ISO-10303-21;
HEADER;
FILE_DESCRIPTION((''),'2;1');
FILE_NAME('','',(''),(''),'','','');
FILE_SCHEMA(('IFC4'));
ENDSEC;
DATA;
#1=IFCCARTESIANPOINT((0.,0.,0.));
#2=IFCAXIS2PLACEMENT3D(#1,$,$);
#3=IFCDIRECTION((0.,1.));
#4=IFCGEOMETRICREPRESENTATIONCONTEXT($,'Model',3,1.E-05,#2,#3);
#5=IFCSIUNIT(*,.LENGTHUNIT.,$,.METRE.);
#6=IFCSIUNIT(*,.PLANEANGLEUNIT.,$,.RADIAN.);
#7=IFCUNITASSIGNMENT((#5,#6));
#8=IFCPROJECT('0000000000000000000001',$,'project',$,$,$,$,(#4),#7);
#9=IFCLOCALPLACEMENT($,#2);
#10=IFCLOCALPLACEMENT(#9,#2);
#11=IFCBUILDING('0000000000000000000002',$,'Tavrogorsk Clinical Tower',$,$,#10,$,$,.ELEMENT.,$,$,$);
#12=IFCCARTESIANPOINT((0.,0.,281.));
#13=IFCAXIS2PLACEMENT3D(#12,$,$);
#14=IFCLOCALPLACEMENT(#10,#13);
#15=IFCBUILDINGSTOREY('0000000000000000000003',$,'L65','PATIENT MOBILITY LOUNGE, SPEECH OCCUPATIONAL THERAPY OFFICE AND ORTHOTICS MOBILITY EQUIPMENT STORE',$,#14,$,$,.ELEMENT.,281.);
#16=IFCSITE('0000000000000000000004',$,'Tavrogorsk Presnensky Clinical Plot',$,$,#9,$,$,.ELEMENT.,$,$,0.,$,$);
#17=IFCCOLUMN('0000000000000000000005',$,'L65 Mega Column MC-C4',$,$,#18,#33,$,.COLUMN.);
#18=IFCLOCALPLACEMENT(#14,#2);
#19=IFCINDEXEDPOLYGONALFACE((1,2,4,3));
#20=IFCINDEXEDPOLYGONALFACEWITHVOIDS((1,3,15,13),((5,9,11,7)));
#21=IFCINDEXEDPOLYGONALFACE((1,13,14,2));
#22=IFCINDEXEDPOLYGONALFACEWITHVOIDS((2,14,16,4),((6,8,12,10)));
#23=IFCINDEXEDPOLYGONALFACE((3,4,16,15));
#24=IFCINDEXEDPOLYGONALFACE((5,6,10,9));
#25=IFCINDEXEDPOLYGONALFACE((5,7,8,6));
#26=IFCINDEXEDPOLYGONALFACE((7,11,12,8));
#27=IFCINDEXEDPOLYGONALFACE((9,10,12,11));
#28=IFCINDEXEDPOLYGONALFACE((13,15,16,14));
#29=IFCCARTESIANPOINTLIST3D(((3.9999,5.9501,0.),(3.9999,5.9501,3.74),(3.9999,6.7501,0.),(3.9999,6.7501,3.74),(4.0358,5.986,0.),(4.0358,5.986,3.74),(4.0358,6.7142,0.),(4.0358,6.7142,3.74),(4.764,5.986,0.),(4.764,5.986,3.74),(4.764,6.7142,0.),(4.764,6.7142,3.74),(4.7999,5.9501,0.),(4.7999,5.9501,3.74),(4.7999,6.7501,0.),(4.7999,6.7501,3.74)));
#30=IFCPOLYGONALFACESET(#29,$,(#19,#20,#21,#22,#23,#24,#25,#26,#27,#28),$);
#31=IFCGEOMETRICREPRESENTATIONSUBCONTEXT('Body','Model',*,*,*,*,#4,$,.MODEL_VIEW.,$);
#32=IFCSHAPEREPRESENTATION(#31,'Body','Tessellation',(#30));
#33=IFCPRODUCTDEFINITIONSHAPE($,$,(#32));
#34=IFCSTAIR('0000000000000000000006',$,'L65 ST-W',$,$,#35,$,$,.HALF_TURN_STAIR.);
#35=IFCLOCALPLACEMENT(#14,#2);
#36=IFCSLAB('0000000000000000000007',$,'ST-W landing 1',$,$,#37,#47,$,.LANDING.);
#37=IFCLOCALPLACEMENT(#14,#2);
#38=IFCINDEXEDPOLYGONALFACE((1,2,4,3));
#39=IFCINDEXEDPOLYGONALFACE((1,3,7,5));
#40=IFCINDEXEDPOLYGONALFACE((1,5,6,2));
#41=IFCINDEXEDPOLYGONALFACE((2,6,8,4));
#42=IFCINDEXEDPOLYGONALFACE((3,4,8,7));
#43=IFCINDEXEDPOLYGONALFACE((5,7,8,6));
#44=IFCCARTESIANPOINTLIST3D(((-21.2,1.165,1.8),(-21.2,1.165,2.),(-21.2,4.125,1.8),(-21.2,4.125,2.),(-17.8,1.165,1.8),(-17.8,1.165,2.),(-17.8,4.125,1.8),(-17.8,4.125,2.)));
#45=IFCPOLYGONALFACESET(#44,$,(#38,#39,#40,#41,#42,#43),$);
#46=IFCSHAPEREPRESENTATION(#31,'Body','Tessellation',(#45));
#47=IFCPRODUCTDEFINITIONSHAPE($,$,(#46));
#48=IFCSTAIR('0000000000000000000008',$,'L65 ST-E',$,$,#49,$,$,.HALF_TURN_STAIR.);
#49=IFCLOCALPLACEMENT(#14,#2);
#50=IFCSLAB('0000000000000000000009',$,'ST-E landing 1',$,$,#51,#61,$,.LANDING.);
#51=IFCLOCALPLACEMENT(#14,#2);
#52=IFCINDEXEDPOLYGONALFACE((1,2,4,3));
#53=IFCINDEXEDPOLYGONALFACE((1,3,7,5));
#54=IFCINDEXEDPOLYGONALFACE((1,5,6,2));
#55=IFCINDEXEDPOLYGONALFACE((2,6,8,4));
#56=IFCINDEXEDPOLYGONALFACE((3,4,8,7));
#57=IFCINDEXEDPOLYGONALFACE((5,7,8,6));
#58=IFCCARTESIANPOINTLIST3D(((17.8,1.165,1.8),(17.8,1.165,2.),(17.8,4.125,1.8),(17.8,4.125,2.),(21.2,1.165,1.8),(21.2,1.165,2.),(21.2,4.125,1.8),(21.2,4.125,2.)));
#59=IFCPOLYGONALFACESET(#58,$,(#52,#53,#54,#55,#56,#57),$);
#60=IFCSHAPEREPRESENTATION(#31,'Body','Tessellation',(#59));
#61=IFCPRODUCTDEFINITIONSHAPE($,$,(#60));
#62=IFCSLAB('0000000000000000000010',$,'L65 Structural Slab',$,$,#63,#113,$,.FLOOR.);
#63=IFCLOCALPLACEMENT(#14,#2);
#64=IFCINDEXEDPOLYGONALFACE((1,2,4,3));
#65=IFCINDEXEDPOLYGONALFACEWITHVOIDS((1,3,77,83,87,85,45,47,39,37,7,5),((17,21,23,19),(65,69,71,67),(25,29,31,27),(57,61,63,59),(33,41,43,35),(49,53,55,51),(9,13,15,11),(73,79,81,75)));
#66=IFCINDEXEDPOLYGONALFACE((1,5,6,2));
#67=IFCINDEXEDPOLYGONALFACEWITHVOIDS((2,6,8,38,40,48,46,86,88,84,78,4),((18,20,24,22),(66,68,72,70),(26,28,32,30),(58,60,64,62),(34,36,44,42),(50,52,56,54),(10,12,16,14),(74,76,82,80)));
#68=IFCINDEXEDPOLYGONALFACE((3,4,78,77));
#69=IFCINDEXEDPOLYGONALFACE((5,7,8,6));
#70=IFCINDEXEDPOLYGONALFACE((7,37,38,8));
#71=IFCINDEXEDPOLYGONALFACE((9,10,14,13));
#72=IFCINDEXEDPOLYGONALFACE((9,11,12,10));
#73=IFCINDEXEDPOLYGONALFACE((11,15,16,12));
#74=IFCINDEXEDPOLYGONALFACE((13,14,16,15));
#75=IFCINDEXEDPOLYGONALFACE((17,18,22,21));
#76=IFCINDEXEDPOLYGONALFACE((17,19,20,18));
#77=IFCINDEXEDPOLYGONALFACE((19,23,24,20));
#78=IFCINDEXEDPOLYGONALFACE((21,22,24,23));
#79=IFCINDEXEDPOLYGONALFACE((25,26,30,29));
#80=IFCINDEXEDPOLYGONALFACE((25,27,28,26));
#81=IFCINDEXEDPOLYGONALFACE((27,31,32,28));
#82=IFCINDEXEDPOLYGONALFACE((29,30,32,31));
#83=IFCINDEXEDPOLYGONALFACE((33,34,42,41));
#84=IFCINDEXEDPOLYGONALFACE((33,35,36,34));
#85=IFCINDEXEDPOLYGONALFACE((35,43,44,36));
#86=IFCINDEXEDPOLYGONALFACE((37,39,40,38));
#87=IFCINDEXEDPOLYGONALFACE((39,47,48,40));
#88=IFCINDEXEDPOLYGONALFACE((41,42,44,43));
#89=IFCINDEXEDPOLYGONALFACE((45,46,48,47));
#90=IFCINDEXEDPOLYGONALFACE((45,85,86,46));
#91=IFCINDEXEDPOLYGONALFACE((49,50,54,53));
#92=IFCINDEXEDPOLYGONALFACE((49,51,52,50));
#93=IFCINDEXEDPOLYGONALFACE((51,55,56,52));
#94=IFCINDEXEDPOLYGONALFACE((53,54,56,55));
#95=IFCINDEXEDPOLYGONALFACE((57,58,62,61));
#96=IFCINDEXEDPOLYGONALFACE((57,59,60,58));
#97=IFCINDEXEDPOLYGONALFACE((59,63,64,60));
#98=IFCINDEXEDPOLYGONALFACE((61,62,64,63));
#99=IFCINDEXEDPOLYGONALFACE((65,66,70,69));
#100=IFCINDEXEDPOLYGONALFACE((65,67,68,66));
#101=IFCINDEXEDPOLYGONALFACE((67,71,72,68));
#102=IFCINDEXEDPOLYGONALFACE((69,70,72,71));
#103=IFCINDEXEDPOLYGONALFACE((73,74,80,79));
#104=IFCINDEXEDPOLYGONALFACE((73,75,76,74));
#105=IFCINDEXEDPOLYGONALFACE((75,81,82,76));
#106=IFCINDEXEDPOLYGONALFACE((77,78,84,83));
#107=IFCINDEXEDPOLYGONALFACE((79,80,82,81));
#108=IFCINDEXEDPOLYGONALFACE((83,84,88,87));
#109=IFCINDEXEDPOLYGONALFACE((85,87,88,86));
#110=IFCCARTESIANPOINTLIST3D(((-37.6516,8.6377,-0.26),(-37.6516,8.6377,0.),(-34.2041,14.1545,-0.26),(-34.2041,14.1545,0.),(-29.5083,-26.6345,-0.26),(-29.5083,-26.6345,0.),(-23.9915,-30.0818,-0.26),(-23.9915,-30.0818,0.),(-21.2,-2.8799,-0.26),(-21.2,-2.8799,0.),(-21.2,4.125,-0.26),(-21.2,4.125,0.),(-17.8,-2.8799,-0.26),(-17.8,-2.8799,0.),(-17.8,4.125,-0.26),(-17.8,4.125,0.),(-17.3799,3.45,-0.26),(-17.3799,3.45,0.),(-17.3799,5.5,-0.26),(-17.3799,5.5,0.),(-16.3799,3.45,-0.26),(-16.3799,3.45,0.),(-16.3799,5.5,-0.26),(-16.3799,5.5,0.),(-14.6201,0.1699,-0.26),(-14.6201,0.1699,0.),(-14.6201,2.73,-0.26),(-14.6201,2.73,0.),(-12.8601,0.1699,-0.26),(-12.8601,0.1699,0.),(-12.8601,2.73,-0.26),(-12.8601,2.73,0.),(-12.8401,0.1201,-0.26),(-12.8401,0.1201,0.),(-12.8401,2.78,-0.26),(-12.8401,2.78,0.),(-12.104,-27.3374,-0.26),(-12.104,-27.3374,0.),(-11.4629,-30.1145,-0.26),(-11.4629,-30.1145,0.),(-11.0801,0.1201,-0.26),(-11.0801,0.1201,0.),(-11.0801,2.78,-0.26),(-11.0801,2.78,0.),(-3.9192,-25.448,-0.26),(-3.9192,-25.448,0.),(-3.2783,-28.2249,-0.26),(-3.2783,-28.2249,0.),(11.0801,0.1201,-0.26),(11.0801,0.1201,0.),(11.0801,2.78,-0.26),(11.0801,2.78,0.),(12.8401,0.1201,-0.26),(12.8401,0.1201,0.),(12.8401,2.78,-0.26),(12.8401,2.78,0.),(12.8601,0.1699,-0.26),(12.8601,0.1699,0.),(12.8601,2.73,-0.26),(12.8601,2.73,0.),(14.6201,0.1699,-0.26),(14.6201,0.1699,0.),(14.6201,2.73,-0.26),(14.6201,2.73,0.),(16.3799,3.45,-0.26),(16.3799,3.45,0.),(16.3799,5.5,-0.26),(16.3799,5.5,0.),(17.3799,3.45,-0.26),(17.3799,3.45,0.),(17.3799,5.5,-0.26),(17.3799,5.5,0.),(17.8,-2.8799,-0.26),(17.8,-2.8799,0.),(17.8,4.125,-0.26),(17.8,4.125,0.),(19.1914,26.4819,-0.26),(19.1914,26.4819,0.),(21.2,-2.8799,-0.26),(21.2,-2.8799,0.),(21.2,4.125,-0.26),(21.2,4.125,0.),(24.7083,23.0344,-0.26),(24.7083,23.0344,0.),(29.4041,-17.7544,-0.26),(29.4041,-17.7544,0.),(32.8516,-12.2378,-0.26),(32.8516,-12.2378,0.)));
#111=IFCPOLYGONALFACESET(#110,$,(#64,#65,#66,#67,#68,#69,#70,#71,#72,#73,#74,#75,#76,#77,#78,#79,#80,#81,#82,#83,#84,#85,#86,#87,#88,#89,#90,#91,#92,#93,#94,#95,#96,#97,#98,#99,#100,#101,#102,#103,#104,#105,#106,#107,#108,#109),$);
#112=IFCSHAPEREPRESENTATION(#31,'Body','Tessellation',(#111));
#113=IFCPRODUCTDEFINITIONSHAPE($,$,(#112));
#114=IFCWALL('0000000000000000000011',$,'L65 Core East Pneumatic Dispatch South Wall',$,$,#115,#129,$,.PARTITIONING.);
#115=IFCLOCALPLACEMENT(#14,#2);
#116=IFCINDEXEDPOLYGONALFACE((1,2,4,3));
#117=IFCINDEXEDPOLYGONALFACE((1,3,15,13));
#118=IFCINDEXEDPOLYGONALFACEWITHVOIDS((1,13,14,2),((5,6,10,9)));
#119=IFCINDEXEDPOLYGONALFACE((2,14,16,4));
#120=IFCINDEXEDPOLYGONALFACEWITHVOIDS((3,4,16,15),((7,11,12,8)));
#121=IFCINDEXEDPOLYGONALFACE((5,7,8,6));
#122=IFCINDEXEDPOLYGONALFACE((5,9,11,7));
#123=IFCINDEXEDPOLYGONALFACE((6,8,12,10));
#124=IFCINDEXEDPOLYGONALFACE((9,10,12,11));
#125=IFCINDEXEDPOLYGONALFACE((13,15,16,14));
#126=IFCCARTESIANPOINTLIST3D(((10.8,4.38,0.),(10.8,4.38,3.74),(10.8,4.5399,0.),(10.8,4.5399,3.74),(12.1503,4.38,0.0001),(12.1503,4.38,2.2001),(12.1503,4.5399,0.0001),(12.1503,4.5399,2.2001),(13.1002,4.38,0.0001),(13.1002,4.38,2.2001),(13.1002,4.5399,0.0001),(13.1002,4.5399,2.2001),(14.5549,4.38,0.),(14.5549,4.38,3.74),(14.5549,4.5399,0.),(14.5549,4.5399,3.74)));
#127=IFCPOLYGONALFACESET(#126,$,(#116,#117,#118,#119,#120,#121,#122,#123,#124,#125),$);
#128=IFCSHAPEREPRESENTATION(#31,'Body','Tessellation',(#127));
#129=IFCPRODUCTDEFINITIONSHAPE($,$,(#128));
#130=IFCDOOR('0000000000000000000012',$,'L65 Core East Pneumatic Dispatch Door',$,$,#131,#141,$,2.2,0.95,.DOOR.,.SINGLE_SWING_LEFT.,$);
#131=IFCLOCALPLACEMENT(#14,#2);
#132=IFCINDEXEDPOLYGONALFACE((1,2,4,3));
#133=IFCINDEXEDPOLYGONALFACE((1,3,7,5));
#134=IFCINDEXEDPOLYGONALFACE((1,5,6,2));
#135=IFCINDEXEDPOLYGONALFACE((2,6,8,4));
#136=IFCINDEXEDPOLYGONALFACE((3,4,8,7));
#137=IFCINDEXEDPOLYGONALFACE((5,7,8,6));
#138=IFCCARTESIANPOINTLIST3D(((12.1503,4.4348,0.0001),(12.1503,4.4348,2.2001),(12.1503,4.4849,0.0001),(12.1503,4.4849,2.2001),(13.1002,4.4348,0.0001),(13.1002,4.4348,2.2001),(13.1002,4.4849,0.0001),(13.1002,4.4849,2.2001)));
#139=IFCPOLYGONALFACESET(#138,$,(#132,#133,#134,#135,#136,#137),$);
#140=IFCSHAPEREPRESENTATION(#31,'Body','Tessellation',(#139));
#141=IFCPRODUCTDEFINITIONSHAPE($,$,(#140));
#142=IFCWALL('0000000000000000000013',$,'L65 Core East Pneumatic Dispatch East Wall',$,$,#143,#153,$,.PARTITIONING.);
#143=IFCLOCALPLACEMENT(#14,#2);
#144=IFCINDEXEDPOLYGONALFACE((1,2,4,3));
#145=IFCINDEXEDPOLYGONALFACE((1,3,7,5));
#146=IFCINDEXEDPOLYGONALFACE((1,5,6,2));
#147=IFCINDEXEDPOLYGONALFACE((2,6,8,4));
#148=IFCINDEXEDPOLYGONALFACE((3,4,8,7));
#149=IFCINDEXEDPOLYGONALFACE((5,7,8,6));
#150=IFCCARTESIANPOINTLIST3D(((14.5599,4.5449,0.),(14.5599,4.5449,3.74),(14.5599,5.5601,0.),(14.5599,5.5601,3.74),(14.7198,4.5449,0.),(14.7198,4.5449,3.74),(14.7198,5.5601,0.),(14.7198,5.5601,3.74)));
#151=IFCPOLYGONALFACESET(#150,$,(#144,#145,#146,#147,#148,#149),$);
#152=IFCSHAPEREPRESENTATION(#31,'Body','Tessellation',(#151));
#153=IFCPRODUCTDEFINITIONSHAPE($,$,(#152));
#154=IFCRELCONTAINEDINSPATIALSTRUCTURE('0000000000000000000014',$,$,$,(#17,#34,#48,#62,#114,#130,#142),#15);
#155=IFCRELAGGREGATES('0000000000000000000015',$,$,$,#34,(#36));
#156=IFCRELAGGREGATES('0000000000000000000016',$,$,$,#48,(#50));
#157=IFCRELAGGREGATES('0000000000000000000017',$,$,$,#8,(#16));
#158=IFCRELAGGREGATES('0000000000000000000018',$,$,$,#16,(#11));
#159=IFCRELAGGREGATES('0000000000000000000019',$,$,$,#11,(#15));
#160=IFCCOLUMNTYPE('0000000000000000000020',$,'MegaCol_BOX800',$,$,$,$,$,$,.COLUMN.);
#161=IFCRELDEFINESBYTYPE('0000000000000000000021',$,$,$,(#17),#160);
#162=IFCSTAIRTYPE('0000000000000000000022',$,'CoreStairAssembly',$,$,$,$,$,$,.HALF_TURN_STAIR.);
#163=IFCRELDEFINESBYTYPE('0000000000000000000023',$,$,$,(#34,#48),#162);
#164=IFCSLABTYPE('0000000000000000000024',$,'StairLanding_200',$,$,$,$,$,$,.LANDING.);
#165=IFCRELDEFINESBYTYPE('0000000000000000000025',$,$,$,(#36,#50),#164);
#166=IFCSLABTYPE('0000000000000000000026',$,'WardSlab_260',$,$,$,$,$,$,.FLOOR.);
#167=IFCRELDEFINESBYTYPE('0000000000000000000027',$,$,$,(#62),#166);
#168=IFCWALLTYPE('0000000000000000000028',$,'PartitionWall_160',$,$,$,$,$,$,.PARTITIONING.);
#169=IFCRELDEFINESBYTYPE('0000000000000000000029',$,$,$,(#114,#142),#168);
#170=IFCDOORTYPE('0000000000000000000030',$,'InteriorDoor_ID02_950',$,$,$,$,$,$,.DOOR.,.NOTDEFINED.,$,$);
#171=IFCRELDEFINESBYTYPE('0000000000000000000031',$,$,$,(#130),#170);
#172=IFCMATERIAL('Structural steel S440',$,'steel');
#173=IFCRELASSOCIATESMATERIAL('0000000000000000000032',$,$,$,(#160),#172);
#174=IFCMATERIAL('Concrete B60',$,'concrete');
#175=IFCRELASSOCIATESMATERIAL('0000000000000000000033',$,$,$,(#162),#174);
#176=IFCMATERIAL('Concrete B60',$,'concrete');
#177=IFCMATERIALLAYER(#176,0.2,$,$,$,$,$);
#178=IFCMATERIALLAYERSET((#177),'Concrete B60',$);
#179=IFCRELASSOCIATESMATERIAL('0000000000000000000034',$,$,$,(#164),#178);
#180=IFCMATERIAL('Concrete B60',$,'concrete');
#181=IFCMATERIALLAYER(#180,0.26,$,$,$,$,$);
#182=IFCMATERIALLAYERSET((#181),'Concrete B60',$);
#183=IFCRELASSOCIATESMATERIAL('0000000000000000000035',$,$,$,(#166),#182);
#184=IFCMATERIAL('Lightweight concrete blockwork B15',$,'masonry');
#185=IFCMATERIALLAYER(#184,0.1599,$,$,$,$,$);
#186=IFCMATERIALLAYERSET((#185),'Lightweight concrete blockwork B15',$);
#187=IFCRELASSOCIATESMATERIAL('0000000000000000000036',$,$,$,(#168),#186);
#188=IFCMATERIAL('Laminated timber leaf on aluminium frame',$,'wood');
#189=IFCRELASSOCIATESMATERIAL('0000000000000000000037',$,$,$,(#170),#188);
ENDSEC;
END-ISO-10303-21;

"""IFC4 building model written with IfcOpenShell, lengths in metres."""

from ifc_helpers import new_model, si_unit, direction, frame, frame_2d, origin, origin_2d, place, context, subcontext, project, spatial, polyline, rectangle, hollow_rectangle, outline, extrude, material, layer, layer_set, material_profile, profile_set, type_object, element, fill, aggregate, save


model = new_model("IFC4")

# Units and contexts
model_context = context("Model", 3, precision=1e-05, world=origin(), true_north=direction((0.0, 1.0)))
body_context = subcontext(model_context, "Body", "Model", "MODEL_VIEW")
ifc_project = project(units=[si_unit("LENGTHUNIT", "METRE"), si_unit("PLANEANGLEUNIT", "RADIAN")], contexts=[model_context])

# Site, building, storey
site_placement = place(None, origin())
site = spatial("IfcSite", under=ifc_project, at=site_placement, Name="Tavrogorsk Presnensky Clinical Plot", CompositionType="ELEMENT", RefElevation=0.0)
building_placement = place(site_placement, origin())
building = spatial("IfcBuilding", under=site, at=building_placement, Name="Tavrogorsk Clinical Tower", CompositionType="ELEMENT")
storey_placement = place(building_placement, frame((0.0, 0.0, 281.0)))
storey = spatial("IfcBuildingStorey", under=building, at=storey_placement, Name="L65", Description="PATIENT MOBILITY LOUNGE, SPEECH OCCUPATIONAL THERAPY OFFICE AND ORTHOTICS MOBILITY EQUIPMENT STORE", CompositionType="ELEMENT", Elevation=281.0)

# Column
ifc_material_1 = material(Name="Structural steel S440", Category="steel")
ifc_material_profile = material_profile(ifc_material_1, hollow_rectangle(XDim=0.8, YDim=0.8, WallThickness=0.0359, at=origin_2d()), Name="BOX-800x800x36")
ifc_profile_set = profile_set([ifc_material_profile], Name="Structural steel S440")
column_type = type_object("IfcColumnType", Name="MegaCol_BOX800", PredefinedType="COLUMN", material=ifc_profile_set)
column_placement = place(storey_placement, frame((4.3999, 6.3501, 0.0), z_axis=(0.0, 0.0, 1.0), x_axis=(1.0, 0.0, 0.0)))
element("IfcColumn", 1, at=column_placement, inside=storey, type_object=column_type, Name="L65 Mega Column MC-C4", PredefinedType="COLUMN", context=body_context, shape_type="SweptSolid", body=[
    extrude(hollow_rectangle(XDim=0.8, YDim=0.8, WallThickness=0.0359, at=origin_2d()), origin(), (0.0, 0.0, 1.0), 3.74),
])

# Stairs, slabs
ifc_material_2 = material(Name="Concrete B60", Category="concrete")
stair_type = type_object("IfcStairType", Name="CoreStairAssembly", PredefinedType="HALF_TURN_STAIR", material=ifc_material_2)
stair_1_placement = place(storey_placement, origin())
stair_1 = element("IfcStair", 2, at=stair_1_placement, inside=storey, type_object=stair_type, Name="L65 ST-W", PredefinedType="HALF_TURN_STAIR")
ifc_material_3 = material(Name="Concrete B60", Category="concrete")
ifc_layer_1 = layer(ifc_material_3, 0.2)
ifc_layer_set_1 = layer_set([ifc_layer_1], Name="Concrete B60")
slab_type_1 = type_object("IfcSlabType", Name="StairLanding_200", PredefinedType="LANDING", material=ifc_layer_set_1)
slab_1_placement = place(storey_placement, frame((0.0, 0.0, 1.8)))
slab_1 = element("IfcSlab", 3, at=slab_1_placement, type_object=slab_type_1, Name="ST-W landing 1", PredefinedType="LANDING", context=body_context, shape_type="SweptSolid", body=[
    extrude(outline(polyline([(-17.8, 1.165), (-17.8, 4.125), (-21.2, 4.125), (-21.2, 1.165), (-17.8, 1.165)])), origin(), (0.0, 0.0, 1.0), 0.2),
])
aggregate(stair_1, [slab_1])
stair_2_placement = place(storey_placement, origin())
stair_2 = element("IfcStair", 4, at=stair_2_placement, inside=storey, type_object=stair_type, Name="L65 ST-E", PredefinedType="HALF_TURN_STAIR")
slab_2_placement = place(storey_placement, frame((0.0, 0.0, 1.8)))
slab_2 = element("IfcSlab", 5, at=slab_2_placement, type_object=slab_type_1, Name="ST-E landing 1", PredefinedType="LANDING", context=body_context, shape_type="SweptSolid", body=[
    extrude(outline(polyline([(21.2, 1.165), (21.2, 4.125), (17.8, 4.125), (17.8, 1.165), (21.2, 1.165)])), origin(), (0.0, 0.0, 1.0), 0.2),
])
aggregate(stair_2, [slab_2])

# Slab
ifc_material_4 = material(Name="Concrete B60", Category="concrete")
ifc_layer_2 = layer(ifc_material_4, 0.26)
ifc_layer_set_2 = layer_set([ifc_layer_2], Name="Concrete B60")
slab_type_2 = type_object("IfcSlabType", Name="WardSlab_260", PredefinedType="FLOOR", material=ifc_layer_set_2)
slab_3_placement = place(storey_placement, frame((0.0, 0.0, -0.26)))
element("IfcSlab", 6, at=slab_3_placement, inside=storey, type_object=slab_type_2, Name="L65 Structural Slab", PredefinedType="FLOOR", context=body_context, shape_type="SweptSolid", body=[
    extrude(outline(polyline([(-23.9915, -30.0818), (-29.5083, -26.6345), (-37.6516, 8.6377), (-34.2041, 14.1545), (19.1914, 26.4819), (24.7083, 23.0344), (32.8516, -12.2378), (29.4041, -17.7544), (-3.9192, -25.448), (-3.2783, -28.2249), (-11.4629, -30.1145), (-12.104, -27.3374), (-23.9915, -30.0818)]), holes=[polyline([(-17.8, -2.8799), (-17.8, 4.125), (-21.2, 4.125), (-21.2, -2.8799), (-17.8, -2.8799)]), polyline([(21.2, -2.8799), (21.2, 4.125), (17.8, 4.125), (17.8, -2.8799), (21.2, -2.8799)]), polyline([(-14.6201, 0.1699), (-12.8601, 0.1699), (-12.8601, 2.73), (-14.6201, 2.73), (-14.6201, 0.1699)]), polyline([(-12.8401, 0.1201), (-11.0801, 0.1201), (-11.0801, 2.78), (-12.8401, 2.78), (-12.8401, 0.1201)]), polyline([(12.8601, 0.1699), (14.6201, 0.1699), (14.6201, 2.73), (12.8601, 2.73), (12.8601, 0.1699)]), polyline([(11.0801, 0.1201), (12.8401, 0.1201), (12.8401, 2.78), (11.0801, 2.78), (11.0801, 0.1201)]), polyline([(-17.3799, 3.45), (-16.3799, 3.45), (-16.3799, 5.5), (-17.3799, 5.5), (-17.3799, 3.45)]), polyline([(16.3799, 3.45), (17.3799, 3.45), (17.3799, 5.5), (16.3799, 5.5), (16.3799, 3.45)])]), origin(), (0.0, 0.0, 1.0), 0.26),
])

# Wall, opening, door
ifc_material_5 = material(Name="Lightweight concrete blockwork B15", Category="masonry")
ifc_layer_3 = layer(ifc_material_5, 0.1599)
ifc_layer_set_3 = layer_set([ifc_layer_3], Name="Lightweight concrete blockwork B15")
wall_type_1 = type_object("IfcWallType", Name="PartitionWall_160", PredefinedType="PARTITIONING", material=ifc_layer_set_3)
wall_1_placement = place(storey_placement, frame((10.8, 4.46, 0.0), z_axis=(0.0, 0.0, 1.0), x_axis=(1.0, 0.0, 0.0)))
wall_1 = element("IfcWall", 7, at=wall_1_placement, inside=storey, type_object=wall_type_1, Name="L65 Core East Pneumatic Dispatch South Wall", PredefinedType="PARTITIONING", context=body_context, shape_type="SweptSolid", body=[
    extrude(rectangle(XDim=3.7549, YDim=0.1599, at=frame_2d((1.8774, 0.0))), origin(), (0.0, 0.0, 1.0), 3.74),
])
opening_1_placement = place(wall_1_placement, frame((1.3501, 0.0, 0.0)))
opening_1 = element("IfcOpeningElement", 8, at=opening_1_placement, cuts=wall_1, PredefinedType="OPENING", context=body_context, shape_type="SweptSolid", body=[
    extrude(rectangle(XDim=0.95, YDim=2.2, at=frame_2d((0.4751, 1.1001))), frame((0.0, 0.0898, 0.0), z_axis=(0.0, -1.0, 0.0), x_axis=(1.0, 0.0, 0.0)), (0.0, 0.0, 1.0), 0.1799),
])
ifc_material_6 = material(Name="Laminated timber leaf on aluminium frame", Category="wood")
door_type_1 = type_object("IfcDoorType", Name="InteriorDoor_ID02_950", OperationType="NOTDEFINED", PredefinedType="DOOR", material=ifc_material_6)
door_1_placement = place(opening_1_placement, origin())
door_1 = element("IfcDoor", 9, at=door_1_placement, inside=storey, type_object=door_type_1, Name="L65 Core East Pneumatic Dispatch Door", OperationType="SINGLE_SWING_LEFT", OverallHeight=2.2, OverallWidth=0.95, PredefinedType="DOOR", context=body_context, shape_type="SweptSolid", body=[
    extrude(rectangle(XDim=0.95, YDim=2.2, at=frame_2d((0.4751, 1.1001))), frame((0.0, 0.0249, 0.0), z_axis=(0.0, -1.0, 0.0), x_axis=(1.0, 0.0, 0.0)), (0.0, 0.0, 1.0), 0.05),
])
fill(opening_1, door_1)

# Wall
wall_2_placement = place(storey_placement, frame((14.6399, 4.5449, 0.0), z_axis=(0.0, 0.0, 1.0), x_axis=(0.0, 1.0, 0.0)))
element("IfcWall", 10, at=wall_2_placement, inside=storey, type_object=wall_type_1, Name="L65 Core East Pneumatic Dispatch East Wall", PredefinedType="PARTITIONING", context=body_context, shape_type="SweptSolid", body=[
    extrude(rectangle(XDim=1.0151, YDim=0.1599, at=frame_2d((0.5076, 0.0))), origin(), (0.0, 0.0, 1.0), 3.74),
])

save(model, "model.ifc")
